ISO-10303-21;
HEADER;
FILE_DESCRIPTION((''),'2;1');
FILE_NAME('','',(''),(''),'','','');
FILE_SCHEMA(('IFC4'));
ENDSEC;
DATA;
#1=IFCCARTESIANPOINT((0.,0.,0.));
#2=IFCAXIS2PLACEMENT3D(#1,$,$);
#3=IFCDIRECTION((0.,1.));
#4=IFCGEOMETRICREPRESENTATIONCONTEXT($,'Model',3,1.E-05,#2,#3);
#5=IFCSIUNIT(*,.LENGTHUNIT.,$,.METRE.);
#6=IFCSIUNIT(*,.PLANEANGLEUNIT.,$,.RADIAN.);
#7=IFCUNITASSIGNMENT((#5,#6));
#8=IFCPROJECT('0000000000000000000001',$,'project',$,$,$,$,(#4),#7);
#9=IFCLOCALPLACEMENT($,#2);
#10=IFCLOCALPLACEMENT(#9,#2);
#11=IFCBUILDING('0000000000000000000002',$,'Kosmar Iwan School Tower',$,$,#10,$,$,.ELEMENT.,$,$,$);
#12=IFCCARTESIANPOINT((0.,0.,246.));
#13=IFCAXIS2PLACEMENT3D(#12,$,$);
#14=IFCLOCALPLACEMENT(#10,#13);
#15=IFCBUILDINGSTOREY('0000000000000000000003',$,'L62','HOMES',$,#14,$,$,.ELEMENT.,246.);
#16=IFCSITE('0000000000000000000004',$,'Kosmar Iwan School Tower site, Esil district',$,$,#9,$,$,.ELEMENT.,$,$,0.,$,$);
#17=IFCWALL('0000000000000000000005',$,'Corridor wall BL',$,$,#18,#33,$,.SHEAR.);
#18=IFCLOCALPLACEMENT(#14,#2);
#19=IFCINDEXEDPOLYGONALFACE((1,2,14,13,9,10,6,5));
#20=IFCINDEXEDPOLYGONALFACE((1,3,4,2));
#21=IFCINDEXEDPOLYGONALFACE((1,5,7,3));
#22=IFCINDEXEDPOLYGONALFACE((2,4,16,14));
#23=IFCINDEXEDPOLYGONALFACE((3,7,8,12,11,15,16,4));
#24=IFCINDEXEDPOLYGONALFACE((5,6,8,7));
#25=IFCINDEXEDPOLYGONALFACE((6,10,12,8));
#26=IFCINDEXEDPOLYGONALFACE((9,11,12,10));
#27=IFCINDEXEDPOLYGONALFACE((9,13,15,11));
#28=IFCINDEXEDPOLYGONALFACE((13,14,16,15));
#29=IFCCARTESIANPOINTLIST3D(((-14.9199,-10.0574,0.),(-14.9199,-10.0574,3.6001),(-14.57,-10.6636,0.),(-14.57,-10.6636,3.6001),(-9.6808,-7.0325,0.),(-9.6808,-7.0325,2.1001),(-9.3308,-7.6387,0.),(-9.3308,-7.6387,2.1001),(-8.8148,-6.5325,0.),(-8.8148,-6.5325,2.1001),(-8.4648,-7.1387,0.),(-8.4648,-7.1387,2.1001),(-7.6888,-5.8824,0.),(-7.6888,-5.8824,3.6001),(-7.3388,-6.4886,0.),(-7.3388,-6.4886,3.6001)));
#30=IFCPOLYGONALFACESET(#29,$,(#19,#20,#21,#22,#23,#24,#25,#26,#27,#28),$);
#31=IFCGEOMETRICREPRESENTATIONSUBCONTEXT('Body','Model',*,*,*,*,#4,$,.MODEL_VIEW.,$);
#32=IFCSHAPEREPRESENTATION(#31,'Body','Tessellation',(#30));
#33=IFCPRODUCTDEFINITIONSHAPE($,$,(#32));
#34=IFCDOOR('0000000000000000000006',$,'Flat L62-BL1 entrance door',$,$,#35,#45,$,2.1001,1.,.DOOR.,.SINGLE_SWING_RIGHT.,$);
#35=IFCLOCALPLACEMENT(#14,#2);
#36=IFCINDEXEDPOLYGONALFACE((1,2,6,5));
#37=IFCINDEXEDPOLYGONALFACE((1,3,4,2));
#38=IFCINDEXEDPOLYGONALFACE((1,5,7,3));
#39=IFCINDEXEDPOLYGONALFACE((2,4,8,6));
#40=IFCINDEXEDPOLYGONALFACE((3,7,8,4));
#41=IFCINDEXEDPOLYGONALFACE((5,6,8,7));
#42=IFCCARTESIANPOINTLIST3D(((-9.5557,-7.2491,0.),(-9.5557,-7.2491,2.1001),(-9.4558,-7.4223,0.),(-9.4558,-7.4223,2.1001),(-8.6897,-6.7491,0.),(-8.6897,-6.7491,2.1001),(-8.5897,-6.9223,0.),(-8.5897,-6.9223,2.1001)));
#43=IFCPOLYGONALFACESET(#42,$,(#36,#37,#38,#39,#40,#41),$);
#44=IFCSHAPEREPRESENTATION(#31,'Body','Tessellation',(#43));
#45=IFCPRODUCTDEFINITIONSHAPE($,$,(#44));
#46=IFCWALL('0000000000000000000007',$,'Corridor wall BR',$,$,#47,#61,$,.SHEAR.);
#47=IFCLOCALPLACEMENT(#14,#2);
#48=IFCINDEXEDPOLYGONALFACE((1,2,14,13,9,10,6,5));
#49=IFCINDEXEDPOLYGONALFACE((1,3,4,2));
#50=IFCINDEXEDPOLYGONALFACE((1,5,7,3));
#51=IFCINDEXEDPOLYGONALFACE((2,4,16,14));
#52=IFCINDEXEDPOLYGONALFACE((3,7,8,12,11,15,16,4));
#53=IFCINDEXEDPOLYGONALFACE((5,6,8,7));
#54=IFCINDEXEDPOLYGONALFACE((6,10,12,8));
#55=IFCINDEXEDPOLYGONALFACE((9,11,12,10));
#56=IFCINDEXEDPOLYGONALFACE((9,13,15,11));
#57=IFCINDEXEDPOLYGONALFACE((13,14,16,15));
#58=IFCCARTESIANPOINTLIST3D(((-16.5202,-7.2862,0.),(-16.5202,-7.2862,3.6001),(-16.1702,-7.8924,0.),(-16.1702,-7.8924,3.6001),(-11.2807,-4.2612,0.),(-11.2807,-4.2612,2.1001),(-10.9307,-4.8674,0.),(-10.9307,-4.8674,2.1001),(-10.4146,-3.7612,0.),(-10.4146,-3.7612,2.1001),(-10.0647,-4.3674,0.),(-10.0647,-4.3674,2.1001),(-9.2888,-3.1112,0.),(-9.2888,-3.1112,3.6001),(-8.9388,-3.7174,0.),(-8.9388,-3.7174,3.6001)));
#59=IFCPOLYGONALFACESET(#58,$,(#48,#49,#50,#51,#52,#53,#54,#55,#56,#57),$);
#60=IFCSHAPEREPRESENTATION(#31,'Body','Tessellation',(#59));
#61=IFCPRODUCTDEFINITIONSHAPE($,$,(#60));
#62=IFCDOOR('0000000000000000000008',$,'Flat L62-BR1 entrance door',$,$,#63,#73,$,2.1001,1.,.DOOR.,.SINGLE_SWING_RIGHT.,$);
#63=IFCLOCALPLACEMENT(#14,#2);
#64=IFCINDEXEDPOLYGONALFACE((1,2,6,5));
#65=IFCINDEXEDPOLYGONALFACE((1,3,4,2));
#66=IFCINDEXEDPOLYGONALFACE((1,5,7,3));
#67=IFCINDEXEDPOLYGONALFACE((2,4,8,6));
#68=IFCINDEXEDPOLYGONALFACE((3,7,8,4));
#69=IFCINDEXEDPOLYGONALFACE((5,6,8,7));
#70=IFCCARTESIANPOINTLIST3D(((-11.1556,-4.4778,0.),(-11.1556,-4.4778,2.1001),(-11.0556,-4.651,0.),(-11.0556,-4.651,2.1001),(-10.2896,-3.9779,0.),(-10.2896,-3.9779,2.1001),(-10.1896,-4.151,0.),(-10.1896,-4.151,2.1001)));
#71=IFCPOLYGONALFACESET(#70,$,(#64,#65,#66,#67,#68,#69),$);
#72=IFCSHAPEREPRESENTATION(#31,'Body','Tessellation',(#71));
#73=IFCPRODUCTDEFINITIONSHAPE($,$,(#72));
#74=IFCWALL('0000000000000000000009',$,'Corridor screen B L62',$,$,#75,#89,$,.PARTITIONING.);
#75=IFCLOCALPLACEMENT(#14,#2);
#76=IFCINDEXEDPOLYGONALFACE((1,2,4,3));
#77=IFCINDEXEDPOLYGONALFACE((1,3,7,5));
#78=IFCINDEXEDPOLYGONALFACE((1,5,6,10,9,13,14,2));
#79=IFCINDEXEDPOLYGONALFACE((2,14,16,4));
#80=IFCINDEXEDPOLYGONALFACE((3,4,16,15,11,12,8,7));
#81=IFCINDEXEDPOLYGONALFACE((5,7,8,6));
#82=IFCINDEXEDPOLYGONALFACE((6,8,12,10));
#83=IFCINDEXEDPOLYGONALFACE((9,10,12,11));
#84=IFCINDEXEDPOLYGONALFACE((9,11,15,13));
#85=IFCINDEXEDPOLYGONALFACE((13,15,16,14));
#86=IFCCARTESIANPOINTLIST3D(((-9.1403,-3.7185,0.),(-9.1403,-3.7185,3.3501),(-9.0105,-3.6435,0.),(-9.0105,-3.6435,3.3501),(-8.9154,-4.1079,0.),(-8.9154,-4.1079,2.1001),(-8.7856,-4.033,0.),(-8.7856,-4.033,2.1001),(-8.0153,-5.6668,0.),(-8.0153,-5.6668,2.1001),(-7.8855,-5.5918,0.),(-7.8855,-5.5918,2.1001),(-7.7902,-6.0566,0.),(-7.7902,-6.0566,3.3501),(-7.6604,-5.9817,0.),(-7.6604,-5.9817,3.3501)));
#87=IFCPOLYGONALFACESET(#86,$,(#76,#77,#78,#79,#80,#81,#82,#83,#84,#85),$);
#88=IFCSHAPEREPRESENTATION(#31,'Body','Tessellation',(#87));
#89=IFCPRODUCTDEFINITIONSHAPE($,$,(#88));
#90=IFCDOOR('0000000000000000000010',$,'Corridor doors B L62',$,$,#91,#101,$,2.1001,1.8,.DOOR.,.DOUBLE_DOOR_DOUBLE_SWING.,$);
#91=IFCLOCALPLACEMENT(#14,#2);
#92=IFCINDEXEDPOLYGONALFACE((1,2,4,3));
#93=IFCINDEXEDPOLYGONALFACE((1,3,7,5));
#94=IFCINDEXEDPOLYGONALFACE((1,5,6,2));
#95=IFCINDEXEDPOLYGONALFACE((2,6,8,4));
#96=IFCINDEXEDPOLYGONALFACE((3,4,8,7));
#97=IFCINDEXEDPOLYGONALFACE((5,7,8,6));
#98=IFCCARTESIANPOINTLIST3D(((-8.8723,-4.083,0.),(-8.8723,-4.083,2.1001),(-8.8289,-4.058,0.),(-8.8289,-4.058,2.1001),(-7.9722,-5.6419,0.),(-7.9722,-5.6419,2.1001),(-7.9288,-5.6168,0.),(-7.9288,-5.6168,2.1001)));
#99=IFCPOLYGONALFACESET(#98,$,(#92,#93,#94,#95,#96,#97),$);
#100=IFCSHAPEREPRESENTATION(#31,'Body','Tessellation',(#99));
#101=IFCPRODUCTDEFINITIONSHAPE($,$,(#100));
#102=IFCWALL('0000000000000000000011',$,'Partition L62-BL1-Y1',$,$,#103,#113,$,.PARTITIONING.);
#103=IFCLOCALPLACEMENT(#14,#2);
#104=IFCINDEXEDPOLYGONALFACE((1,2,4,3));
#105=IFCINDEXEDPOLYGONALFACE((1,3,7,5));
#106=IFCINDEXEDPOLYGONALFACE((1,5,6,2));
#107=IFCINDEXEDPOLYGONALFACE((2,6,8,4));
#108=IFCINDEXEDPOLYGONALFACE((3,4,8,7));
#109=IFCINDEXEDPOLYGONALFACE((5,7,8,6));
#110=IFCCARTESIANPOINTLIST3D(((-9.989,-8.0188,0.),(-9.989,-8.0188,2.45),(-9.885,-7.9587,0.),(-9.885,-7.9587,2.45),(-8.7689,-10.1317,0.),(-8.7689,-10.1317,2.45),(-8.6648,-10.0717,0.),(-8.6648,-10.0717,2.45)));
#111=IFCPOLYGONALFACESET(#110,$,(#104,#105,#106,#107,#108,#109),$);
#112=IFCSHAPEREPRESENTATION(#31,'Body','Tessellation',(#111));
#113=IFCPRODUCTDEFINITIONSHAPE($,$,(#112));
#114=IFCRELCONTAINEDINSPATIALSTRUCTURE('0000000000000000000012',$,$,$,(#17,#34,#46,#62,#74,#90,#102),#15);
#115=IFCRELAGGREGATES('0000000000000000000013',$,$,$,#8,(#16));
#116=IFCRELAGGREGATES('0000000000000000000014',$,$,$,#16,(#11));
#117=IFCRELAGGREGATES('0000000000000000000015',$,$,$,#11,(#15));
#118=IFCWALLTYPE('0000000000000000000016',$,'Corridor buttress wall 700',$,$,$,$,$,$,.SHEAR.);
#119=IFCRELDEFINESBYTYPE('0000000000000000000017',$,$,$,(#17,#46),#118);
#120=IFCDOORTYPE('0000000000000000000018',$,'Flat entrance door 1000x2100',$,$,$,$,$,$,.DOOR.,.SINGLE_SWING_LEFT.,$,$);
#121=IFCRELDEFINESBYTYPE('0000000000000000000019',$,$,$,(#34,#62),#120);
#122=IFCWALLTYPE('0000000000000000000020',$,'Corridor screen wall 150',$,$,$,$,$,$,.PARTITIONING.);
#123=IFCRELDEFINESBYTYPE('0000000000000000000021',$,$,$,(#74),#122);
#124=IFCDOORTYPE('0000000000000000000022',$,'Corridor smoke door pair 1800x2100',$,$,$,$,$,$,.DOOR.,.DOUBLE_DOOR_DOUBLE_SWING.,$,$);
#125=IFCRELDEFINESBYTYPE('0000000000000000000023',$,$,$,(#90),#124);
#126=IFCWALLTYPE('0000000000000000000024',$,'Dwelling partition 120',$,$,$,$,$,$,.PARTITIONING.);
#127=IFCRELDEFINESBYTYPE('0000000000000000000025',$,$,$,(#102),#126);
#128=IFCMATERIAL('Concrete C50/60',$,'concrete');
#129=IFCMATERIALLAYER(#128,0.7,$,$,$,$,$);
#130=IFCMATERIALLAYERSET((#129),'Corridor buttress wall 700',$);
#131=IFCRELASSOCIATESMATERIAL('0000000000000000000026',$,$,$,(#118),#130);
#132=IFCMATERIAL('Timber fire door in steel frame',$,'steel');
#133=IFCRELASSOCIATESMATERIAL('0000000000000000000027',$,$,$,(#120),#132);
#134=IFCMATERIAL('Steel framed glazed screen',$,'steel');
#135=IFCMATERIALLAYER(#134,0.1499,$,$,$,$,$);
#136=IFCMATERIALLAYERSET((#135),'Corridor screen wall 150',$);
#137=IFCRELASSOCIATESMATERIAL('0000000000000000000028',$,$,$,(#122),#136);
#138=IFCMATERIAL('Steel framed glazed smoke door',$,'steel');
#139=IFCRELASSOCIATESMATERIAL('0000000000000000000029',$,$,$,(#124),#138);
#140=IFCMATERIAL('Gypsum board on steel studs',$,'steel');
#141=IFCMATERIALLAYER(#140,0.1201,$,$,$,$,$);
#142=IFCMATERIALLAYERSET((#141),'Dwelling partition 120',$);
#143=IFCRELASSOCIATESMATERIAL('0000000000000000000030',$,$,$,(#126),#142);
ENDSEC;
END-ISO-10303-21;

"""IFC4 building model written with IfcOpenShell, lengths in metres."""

from ifc_helpers import new_model, si_unit, direction, frame, frame_2d, origin, place, context, subcontext, project, spatial, rectangle, extrude, material, layer, layer_set, type_object, element, fill, save


model = new_model("IFC4")

# Units and contexts
model_context = context("Model", 3, precision=1e-05, world=origin(), true_north=direction((0.0, 1.0)))
body_context = subcontext(model_context, "Body", "Model", "MODEL_VIEW")
ifc_project = project(units=[si_unit("LENGTHUNIT", "METRE"), si_unit("PLANEANGLEUNIT", "RADIAN")], contexts=[model_context])

# Site, building, storey
site_placement = place(None, origin())
site = spatial("IfcSite", under=ifc_project, at=site_placement, Name="Kosmar Iwan School Tower site, Esil district", CompositionType="ELEMENT", RefElevation=0.0)
building_placement = place(site_placement, origin())
building = spatial("IfcBuilding", under=site, at=building_placement, Name="Kosmar Iwan School Tower", CompositionType="ELEMENT")
storey_placement = place(building_placement, frame((0.0, 0.0, 246.0)))
storey = spatial("IfcBuildingStorey", under=building, at=storey_placement, Name="L62", Description="HOMES", CompositionType="ELEMENT", Elevation=246.0)

# Walls, openings, doors
ifc_material_1 = material(Name="Concrete C50/60", Category="concrete")
ifc_layer_1 = layer(ifc_material_1, 0.7)
ifc_layer_set_1 = layer_set([ifc_layer_1], Name="Corridor buttress wall 700")
wall_type_1 = type_object("IfcWallType", Name="Corridor buttress wall 700", PredefinedType="SHEAR", material=ifc_layer_set_1)
wall_1_placement = place(storey_placement, frame((-7.5139, -6.1855, 0.0), z_axis=(0.0, 0.0, 1.0), x_axis=(-0.86602, -0.50001, 0.0)))
wall_1 = element("IfcWall", 1, at=wall_1_placement, inside=storey, type_object=wall_type_1, Name="Corridor wall BL", PredefinedType="SHEAR", context=body_context, shape_type="SweptSolid", body=[
    extrude(rectangle(XDim=8.3499, YDim=0.7, at=frame_2d((4.1748, 0.0))), origin(), (0.0, 0.0, 1.0), 3.6001),
])
opening_1_placement = place(wall_1_placement, frame((1.3, 0.0, 0.0)))
opening_1 = element("IfcOpeningElement", 2, at=opening_1_placement, cuts=wall_1, PredefinedType="OPENING", context=body_context, shape_type="SweptSolid", body=[
    extrude(rectangle(XDim=1.0, YDim=2.1001, at=frame_2d((0.5, 1.05))), frame((0.0, 0.3621, 0.0), z_axis=(0.0, -1.0, 0.0), x_axis=(1.0, 0.0, 0.0)), (0.0, 0.0, 1.0), 0.7239),
])
ifc_material_2 = material(Name="Timber fire door in steel frame", Category="steel")
door_type_1 = type_object("IfcDoorType", Name="Flat entrance door 1000x2100", OperationType="SINGLE_SWING_LEFT", PredefinedType="DOOR", material=ifc_material_2)
door_1_placement = place(opening_1_placement, origin())
door_1 = element("IfcDoor", 3, at=door_1_placement, inside=storey, type_object=door_type_1, Name="Flat L62-BL1 entrance door", OperationType="SINGLE_SWING_RIGHT", OverallHeight=2.1001, OverallWidth=1.0, PredefinedType="DOOR", context=body_context, shape_type="SweptSolid", body=[
    extrude(rectangle(XDim=1.0, YDim=2.1001, at=frame_2d((0.5, 1.05))), frame((0.0, 0.1001, 0.0), z_axis=(0.0, -1.0, 0.0), x_axis=(1.0, 0.0, 0.0)), (0.0, 0.0, 1.0), 0.2),
])
fill(opening_1, door_1)
wall_2_placement = place(storey_placement, frame((-9.1138, -3.4143, 0.0), z_axis=(0.0, 0.0, 1.0), x_axis=(-0.866027, -0.499997, 0.0)))
wall_2 = element("IfcWall", 4, at=wall_2_placement, inside=storey, type_object=wall_type_1, Name="Corridor wall BR", PredefinedType="SHEAR", context=body_context, shape_type="SweptSolid", body=[
    extrude(rectangle(XDim=8.3501, YDim=0.7, at=frame_2d((4.175, 0.0))), origin(), (0.0, 0.0, 1.0), 3.6001),
])
opening_2_placement = place(wall_2_placement, frame((1.3, 0.0, 0.0)))
opening_2 = element("IfcOpeningElement", 5, at=opening_2_placement, cuts=wall_2, PredefinedType="OPENING", context=body_context, shape_type="SweptSolid", body=[
    extrude(rectangle(XDim=1.0, YDim=2.1001, at=frame_2d((0.5, 1.05))), frame((0.0, 0.3621, 0.0), z_axis=(0.0, -1.0, 0.0), x_axis=(1.0, 0.0, 0.0)), (0.0, 0.0, 1.0), 0.7239),
])
door_2_placement = place(opening_2_placement, origin())
door_2 = element("IfcDoor", 6, at=door_2_placement, inside=storey, type_object=door_type_1, Name="Flat L62-BR1 entrance door", OperationType="SINGLE_SWING_RIGHT", OverallHeight=2.1001, OverallWidth=1.0, PredefinedType="DOOR", context=body_context, shape_type="SweptSolid", body=[
    extrude(rectangle(XDim=1.0, YDim=2.1001, at=frame_2d((0.5, 1.05))), frame((0.0, 0.1001, 0.0), z_axis=(0.0, -1.0, 0.0), x_axis=(1.0, 0.0, 0.0)), (0.0, 0.0, 1.0), 0.2),
])
fill(opening_2, door_2)
ifc_material_3 = material(Name="Steel framed glazed screen", Category="steel")
ifc_layer_2 = layer(ifc_material_3, 0.1499)
ifc_layer_set_2 = layer_set([ifc_layer_2], Name="Corridor screen wall 150")
wall_type_2 = type_object("IfcWallType", Name="Corridor screen wall 150", PredefinedType="PARTITIONING", material=ifc_layer_set_2)
wall_3_placement = place(storey_placement, frame((-9.0754, -3.6809, 0.0), z_axis=(0.0, 0.0, 1.0), x_axis=(0.500049, -0.865997, 0.0)))
wall_3 = element("IfcWall", 7, at=wall_3_placement, inside=storey, type_object=wall_type_2, Name="Corridor screen B L62", PredefinedType="PARTITIONING", context=body_context, shape_type="SweptSolid", body=[
    extrude(rectangle(XDim=2.7, YDim=0.1499, at=frame_2d((1.3501, 0.0))), origin(), (0.0, 0.0, 1.0), 3.3501),
])
opening_3_placement = place(wall_3_placement, frame((0.45, 0.0, 0.0)))
opening_3 = element("IfcOpeningElement", 8, at=opening_3_placement, cuts=wall_3, PredefinedType="OPENING", context=body_context, shape_type="SweptSolid", body=[
    extrude(rectangle(XDim=1.8, YDim=2.1001, at=frame_2d((0.8999, 1.05))), frame((0.0, 0.0869, 0.0), z_axis=(0.0, -1.0, 0.0), x_axis=(1.0, 0.0, 0.0)), (0.0, 0.0, 1.0), 0.1738),
])
ifc_material_4 = material(Name="Steel framed glazed smoke door", Category="steel")
door_type_2 = type_object("IfcDoorType", Name="Corridor smoke door pair 1800x2100", OperationType="DOUBLE_DOOR_DOUBLE_SWING", PredefinedType="DOOR", material=ifc_material_4)
door_3_placement = place(opening_3_placement, origin())
door_3 = element("IfcDoor", 9, at=door_3_placement, inside=storey, type_object=door_type_2, Name="Corridor doors B L62", OperationType="DOUBLE_DOOR_DOUBLE_SWING", OverallHeight=2.1001, OverallWidth=1.8, PredefinedType="DOOR", context=body_context, shape_type="SweptSolid", body=[
    extrude(rectangle(XDim=1.8, YDim=2.1001, at=frame_2d((0.8999, 1.05))), frame((0.0, 0.0249, 0.0), z_axis=(0.0, -1.0, 0.0), x_axis=(1.0, 0.0, 0.0)), (0.0, 0.0, 1.0), 0.05),
])
fill(opening_3, door_3)

# Wall
ifc_material_5 = material(Name="Gypsum board on steel studs", Category="steel")
ifc_layer_3 = layer(ifc_material_5, 0.1201)
ifc_layer_set_3 = layer_set([ifc_layer_3], Name="Dwelling partition 120")
wall_type_3 = type_object("IfcWallType", Name="Dwelling partition 120", PredefinedType="PARTITIONING", material=ifc_layer_set_3)
wall_4_placement = place(storey_placement, frame((-9.937, -7.9888, 0.0), z_axis=(0.0, 0.0, 1.0), x_axis=(0.500078, -0.865981, 0.0)))
element("IfcWall", 10, at=wall_4_placement, inside=storey, type_object=wall_type_3, Name="Partition L62-BL1-Y1", PredefinedType="PARTITIONING", context=body_context, shape_type="SweptSolid", body=[
    extrude(rectangle(XDim=2.4399, YDim=0.1201, at=frame_2d((1.22, 0.0))), origin(), (0.0, 0.0, 1.0), 2.45),
])

save(model, "model.ifc")
